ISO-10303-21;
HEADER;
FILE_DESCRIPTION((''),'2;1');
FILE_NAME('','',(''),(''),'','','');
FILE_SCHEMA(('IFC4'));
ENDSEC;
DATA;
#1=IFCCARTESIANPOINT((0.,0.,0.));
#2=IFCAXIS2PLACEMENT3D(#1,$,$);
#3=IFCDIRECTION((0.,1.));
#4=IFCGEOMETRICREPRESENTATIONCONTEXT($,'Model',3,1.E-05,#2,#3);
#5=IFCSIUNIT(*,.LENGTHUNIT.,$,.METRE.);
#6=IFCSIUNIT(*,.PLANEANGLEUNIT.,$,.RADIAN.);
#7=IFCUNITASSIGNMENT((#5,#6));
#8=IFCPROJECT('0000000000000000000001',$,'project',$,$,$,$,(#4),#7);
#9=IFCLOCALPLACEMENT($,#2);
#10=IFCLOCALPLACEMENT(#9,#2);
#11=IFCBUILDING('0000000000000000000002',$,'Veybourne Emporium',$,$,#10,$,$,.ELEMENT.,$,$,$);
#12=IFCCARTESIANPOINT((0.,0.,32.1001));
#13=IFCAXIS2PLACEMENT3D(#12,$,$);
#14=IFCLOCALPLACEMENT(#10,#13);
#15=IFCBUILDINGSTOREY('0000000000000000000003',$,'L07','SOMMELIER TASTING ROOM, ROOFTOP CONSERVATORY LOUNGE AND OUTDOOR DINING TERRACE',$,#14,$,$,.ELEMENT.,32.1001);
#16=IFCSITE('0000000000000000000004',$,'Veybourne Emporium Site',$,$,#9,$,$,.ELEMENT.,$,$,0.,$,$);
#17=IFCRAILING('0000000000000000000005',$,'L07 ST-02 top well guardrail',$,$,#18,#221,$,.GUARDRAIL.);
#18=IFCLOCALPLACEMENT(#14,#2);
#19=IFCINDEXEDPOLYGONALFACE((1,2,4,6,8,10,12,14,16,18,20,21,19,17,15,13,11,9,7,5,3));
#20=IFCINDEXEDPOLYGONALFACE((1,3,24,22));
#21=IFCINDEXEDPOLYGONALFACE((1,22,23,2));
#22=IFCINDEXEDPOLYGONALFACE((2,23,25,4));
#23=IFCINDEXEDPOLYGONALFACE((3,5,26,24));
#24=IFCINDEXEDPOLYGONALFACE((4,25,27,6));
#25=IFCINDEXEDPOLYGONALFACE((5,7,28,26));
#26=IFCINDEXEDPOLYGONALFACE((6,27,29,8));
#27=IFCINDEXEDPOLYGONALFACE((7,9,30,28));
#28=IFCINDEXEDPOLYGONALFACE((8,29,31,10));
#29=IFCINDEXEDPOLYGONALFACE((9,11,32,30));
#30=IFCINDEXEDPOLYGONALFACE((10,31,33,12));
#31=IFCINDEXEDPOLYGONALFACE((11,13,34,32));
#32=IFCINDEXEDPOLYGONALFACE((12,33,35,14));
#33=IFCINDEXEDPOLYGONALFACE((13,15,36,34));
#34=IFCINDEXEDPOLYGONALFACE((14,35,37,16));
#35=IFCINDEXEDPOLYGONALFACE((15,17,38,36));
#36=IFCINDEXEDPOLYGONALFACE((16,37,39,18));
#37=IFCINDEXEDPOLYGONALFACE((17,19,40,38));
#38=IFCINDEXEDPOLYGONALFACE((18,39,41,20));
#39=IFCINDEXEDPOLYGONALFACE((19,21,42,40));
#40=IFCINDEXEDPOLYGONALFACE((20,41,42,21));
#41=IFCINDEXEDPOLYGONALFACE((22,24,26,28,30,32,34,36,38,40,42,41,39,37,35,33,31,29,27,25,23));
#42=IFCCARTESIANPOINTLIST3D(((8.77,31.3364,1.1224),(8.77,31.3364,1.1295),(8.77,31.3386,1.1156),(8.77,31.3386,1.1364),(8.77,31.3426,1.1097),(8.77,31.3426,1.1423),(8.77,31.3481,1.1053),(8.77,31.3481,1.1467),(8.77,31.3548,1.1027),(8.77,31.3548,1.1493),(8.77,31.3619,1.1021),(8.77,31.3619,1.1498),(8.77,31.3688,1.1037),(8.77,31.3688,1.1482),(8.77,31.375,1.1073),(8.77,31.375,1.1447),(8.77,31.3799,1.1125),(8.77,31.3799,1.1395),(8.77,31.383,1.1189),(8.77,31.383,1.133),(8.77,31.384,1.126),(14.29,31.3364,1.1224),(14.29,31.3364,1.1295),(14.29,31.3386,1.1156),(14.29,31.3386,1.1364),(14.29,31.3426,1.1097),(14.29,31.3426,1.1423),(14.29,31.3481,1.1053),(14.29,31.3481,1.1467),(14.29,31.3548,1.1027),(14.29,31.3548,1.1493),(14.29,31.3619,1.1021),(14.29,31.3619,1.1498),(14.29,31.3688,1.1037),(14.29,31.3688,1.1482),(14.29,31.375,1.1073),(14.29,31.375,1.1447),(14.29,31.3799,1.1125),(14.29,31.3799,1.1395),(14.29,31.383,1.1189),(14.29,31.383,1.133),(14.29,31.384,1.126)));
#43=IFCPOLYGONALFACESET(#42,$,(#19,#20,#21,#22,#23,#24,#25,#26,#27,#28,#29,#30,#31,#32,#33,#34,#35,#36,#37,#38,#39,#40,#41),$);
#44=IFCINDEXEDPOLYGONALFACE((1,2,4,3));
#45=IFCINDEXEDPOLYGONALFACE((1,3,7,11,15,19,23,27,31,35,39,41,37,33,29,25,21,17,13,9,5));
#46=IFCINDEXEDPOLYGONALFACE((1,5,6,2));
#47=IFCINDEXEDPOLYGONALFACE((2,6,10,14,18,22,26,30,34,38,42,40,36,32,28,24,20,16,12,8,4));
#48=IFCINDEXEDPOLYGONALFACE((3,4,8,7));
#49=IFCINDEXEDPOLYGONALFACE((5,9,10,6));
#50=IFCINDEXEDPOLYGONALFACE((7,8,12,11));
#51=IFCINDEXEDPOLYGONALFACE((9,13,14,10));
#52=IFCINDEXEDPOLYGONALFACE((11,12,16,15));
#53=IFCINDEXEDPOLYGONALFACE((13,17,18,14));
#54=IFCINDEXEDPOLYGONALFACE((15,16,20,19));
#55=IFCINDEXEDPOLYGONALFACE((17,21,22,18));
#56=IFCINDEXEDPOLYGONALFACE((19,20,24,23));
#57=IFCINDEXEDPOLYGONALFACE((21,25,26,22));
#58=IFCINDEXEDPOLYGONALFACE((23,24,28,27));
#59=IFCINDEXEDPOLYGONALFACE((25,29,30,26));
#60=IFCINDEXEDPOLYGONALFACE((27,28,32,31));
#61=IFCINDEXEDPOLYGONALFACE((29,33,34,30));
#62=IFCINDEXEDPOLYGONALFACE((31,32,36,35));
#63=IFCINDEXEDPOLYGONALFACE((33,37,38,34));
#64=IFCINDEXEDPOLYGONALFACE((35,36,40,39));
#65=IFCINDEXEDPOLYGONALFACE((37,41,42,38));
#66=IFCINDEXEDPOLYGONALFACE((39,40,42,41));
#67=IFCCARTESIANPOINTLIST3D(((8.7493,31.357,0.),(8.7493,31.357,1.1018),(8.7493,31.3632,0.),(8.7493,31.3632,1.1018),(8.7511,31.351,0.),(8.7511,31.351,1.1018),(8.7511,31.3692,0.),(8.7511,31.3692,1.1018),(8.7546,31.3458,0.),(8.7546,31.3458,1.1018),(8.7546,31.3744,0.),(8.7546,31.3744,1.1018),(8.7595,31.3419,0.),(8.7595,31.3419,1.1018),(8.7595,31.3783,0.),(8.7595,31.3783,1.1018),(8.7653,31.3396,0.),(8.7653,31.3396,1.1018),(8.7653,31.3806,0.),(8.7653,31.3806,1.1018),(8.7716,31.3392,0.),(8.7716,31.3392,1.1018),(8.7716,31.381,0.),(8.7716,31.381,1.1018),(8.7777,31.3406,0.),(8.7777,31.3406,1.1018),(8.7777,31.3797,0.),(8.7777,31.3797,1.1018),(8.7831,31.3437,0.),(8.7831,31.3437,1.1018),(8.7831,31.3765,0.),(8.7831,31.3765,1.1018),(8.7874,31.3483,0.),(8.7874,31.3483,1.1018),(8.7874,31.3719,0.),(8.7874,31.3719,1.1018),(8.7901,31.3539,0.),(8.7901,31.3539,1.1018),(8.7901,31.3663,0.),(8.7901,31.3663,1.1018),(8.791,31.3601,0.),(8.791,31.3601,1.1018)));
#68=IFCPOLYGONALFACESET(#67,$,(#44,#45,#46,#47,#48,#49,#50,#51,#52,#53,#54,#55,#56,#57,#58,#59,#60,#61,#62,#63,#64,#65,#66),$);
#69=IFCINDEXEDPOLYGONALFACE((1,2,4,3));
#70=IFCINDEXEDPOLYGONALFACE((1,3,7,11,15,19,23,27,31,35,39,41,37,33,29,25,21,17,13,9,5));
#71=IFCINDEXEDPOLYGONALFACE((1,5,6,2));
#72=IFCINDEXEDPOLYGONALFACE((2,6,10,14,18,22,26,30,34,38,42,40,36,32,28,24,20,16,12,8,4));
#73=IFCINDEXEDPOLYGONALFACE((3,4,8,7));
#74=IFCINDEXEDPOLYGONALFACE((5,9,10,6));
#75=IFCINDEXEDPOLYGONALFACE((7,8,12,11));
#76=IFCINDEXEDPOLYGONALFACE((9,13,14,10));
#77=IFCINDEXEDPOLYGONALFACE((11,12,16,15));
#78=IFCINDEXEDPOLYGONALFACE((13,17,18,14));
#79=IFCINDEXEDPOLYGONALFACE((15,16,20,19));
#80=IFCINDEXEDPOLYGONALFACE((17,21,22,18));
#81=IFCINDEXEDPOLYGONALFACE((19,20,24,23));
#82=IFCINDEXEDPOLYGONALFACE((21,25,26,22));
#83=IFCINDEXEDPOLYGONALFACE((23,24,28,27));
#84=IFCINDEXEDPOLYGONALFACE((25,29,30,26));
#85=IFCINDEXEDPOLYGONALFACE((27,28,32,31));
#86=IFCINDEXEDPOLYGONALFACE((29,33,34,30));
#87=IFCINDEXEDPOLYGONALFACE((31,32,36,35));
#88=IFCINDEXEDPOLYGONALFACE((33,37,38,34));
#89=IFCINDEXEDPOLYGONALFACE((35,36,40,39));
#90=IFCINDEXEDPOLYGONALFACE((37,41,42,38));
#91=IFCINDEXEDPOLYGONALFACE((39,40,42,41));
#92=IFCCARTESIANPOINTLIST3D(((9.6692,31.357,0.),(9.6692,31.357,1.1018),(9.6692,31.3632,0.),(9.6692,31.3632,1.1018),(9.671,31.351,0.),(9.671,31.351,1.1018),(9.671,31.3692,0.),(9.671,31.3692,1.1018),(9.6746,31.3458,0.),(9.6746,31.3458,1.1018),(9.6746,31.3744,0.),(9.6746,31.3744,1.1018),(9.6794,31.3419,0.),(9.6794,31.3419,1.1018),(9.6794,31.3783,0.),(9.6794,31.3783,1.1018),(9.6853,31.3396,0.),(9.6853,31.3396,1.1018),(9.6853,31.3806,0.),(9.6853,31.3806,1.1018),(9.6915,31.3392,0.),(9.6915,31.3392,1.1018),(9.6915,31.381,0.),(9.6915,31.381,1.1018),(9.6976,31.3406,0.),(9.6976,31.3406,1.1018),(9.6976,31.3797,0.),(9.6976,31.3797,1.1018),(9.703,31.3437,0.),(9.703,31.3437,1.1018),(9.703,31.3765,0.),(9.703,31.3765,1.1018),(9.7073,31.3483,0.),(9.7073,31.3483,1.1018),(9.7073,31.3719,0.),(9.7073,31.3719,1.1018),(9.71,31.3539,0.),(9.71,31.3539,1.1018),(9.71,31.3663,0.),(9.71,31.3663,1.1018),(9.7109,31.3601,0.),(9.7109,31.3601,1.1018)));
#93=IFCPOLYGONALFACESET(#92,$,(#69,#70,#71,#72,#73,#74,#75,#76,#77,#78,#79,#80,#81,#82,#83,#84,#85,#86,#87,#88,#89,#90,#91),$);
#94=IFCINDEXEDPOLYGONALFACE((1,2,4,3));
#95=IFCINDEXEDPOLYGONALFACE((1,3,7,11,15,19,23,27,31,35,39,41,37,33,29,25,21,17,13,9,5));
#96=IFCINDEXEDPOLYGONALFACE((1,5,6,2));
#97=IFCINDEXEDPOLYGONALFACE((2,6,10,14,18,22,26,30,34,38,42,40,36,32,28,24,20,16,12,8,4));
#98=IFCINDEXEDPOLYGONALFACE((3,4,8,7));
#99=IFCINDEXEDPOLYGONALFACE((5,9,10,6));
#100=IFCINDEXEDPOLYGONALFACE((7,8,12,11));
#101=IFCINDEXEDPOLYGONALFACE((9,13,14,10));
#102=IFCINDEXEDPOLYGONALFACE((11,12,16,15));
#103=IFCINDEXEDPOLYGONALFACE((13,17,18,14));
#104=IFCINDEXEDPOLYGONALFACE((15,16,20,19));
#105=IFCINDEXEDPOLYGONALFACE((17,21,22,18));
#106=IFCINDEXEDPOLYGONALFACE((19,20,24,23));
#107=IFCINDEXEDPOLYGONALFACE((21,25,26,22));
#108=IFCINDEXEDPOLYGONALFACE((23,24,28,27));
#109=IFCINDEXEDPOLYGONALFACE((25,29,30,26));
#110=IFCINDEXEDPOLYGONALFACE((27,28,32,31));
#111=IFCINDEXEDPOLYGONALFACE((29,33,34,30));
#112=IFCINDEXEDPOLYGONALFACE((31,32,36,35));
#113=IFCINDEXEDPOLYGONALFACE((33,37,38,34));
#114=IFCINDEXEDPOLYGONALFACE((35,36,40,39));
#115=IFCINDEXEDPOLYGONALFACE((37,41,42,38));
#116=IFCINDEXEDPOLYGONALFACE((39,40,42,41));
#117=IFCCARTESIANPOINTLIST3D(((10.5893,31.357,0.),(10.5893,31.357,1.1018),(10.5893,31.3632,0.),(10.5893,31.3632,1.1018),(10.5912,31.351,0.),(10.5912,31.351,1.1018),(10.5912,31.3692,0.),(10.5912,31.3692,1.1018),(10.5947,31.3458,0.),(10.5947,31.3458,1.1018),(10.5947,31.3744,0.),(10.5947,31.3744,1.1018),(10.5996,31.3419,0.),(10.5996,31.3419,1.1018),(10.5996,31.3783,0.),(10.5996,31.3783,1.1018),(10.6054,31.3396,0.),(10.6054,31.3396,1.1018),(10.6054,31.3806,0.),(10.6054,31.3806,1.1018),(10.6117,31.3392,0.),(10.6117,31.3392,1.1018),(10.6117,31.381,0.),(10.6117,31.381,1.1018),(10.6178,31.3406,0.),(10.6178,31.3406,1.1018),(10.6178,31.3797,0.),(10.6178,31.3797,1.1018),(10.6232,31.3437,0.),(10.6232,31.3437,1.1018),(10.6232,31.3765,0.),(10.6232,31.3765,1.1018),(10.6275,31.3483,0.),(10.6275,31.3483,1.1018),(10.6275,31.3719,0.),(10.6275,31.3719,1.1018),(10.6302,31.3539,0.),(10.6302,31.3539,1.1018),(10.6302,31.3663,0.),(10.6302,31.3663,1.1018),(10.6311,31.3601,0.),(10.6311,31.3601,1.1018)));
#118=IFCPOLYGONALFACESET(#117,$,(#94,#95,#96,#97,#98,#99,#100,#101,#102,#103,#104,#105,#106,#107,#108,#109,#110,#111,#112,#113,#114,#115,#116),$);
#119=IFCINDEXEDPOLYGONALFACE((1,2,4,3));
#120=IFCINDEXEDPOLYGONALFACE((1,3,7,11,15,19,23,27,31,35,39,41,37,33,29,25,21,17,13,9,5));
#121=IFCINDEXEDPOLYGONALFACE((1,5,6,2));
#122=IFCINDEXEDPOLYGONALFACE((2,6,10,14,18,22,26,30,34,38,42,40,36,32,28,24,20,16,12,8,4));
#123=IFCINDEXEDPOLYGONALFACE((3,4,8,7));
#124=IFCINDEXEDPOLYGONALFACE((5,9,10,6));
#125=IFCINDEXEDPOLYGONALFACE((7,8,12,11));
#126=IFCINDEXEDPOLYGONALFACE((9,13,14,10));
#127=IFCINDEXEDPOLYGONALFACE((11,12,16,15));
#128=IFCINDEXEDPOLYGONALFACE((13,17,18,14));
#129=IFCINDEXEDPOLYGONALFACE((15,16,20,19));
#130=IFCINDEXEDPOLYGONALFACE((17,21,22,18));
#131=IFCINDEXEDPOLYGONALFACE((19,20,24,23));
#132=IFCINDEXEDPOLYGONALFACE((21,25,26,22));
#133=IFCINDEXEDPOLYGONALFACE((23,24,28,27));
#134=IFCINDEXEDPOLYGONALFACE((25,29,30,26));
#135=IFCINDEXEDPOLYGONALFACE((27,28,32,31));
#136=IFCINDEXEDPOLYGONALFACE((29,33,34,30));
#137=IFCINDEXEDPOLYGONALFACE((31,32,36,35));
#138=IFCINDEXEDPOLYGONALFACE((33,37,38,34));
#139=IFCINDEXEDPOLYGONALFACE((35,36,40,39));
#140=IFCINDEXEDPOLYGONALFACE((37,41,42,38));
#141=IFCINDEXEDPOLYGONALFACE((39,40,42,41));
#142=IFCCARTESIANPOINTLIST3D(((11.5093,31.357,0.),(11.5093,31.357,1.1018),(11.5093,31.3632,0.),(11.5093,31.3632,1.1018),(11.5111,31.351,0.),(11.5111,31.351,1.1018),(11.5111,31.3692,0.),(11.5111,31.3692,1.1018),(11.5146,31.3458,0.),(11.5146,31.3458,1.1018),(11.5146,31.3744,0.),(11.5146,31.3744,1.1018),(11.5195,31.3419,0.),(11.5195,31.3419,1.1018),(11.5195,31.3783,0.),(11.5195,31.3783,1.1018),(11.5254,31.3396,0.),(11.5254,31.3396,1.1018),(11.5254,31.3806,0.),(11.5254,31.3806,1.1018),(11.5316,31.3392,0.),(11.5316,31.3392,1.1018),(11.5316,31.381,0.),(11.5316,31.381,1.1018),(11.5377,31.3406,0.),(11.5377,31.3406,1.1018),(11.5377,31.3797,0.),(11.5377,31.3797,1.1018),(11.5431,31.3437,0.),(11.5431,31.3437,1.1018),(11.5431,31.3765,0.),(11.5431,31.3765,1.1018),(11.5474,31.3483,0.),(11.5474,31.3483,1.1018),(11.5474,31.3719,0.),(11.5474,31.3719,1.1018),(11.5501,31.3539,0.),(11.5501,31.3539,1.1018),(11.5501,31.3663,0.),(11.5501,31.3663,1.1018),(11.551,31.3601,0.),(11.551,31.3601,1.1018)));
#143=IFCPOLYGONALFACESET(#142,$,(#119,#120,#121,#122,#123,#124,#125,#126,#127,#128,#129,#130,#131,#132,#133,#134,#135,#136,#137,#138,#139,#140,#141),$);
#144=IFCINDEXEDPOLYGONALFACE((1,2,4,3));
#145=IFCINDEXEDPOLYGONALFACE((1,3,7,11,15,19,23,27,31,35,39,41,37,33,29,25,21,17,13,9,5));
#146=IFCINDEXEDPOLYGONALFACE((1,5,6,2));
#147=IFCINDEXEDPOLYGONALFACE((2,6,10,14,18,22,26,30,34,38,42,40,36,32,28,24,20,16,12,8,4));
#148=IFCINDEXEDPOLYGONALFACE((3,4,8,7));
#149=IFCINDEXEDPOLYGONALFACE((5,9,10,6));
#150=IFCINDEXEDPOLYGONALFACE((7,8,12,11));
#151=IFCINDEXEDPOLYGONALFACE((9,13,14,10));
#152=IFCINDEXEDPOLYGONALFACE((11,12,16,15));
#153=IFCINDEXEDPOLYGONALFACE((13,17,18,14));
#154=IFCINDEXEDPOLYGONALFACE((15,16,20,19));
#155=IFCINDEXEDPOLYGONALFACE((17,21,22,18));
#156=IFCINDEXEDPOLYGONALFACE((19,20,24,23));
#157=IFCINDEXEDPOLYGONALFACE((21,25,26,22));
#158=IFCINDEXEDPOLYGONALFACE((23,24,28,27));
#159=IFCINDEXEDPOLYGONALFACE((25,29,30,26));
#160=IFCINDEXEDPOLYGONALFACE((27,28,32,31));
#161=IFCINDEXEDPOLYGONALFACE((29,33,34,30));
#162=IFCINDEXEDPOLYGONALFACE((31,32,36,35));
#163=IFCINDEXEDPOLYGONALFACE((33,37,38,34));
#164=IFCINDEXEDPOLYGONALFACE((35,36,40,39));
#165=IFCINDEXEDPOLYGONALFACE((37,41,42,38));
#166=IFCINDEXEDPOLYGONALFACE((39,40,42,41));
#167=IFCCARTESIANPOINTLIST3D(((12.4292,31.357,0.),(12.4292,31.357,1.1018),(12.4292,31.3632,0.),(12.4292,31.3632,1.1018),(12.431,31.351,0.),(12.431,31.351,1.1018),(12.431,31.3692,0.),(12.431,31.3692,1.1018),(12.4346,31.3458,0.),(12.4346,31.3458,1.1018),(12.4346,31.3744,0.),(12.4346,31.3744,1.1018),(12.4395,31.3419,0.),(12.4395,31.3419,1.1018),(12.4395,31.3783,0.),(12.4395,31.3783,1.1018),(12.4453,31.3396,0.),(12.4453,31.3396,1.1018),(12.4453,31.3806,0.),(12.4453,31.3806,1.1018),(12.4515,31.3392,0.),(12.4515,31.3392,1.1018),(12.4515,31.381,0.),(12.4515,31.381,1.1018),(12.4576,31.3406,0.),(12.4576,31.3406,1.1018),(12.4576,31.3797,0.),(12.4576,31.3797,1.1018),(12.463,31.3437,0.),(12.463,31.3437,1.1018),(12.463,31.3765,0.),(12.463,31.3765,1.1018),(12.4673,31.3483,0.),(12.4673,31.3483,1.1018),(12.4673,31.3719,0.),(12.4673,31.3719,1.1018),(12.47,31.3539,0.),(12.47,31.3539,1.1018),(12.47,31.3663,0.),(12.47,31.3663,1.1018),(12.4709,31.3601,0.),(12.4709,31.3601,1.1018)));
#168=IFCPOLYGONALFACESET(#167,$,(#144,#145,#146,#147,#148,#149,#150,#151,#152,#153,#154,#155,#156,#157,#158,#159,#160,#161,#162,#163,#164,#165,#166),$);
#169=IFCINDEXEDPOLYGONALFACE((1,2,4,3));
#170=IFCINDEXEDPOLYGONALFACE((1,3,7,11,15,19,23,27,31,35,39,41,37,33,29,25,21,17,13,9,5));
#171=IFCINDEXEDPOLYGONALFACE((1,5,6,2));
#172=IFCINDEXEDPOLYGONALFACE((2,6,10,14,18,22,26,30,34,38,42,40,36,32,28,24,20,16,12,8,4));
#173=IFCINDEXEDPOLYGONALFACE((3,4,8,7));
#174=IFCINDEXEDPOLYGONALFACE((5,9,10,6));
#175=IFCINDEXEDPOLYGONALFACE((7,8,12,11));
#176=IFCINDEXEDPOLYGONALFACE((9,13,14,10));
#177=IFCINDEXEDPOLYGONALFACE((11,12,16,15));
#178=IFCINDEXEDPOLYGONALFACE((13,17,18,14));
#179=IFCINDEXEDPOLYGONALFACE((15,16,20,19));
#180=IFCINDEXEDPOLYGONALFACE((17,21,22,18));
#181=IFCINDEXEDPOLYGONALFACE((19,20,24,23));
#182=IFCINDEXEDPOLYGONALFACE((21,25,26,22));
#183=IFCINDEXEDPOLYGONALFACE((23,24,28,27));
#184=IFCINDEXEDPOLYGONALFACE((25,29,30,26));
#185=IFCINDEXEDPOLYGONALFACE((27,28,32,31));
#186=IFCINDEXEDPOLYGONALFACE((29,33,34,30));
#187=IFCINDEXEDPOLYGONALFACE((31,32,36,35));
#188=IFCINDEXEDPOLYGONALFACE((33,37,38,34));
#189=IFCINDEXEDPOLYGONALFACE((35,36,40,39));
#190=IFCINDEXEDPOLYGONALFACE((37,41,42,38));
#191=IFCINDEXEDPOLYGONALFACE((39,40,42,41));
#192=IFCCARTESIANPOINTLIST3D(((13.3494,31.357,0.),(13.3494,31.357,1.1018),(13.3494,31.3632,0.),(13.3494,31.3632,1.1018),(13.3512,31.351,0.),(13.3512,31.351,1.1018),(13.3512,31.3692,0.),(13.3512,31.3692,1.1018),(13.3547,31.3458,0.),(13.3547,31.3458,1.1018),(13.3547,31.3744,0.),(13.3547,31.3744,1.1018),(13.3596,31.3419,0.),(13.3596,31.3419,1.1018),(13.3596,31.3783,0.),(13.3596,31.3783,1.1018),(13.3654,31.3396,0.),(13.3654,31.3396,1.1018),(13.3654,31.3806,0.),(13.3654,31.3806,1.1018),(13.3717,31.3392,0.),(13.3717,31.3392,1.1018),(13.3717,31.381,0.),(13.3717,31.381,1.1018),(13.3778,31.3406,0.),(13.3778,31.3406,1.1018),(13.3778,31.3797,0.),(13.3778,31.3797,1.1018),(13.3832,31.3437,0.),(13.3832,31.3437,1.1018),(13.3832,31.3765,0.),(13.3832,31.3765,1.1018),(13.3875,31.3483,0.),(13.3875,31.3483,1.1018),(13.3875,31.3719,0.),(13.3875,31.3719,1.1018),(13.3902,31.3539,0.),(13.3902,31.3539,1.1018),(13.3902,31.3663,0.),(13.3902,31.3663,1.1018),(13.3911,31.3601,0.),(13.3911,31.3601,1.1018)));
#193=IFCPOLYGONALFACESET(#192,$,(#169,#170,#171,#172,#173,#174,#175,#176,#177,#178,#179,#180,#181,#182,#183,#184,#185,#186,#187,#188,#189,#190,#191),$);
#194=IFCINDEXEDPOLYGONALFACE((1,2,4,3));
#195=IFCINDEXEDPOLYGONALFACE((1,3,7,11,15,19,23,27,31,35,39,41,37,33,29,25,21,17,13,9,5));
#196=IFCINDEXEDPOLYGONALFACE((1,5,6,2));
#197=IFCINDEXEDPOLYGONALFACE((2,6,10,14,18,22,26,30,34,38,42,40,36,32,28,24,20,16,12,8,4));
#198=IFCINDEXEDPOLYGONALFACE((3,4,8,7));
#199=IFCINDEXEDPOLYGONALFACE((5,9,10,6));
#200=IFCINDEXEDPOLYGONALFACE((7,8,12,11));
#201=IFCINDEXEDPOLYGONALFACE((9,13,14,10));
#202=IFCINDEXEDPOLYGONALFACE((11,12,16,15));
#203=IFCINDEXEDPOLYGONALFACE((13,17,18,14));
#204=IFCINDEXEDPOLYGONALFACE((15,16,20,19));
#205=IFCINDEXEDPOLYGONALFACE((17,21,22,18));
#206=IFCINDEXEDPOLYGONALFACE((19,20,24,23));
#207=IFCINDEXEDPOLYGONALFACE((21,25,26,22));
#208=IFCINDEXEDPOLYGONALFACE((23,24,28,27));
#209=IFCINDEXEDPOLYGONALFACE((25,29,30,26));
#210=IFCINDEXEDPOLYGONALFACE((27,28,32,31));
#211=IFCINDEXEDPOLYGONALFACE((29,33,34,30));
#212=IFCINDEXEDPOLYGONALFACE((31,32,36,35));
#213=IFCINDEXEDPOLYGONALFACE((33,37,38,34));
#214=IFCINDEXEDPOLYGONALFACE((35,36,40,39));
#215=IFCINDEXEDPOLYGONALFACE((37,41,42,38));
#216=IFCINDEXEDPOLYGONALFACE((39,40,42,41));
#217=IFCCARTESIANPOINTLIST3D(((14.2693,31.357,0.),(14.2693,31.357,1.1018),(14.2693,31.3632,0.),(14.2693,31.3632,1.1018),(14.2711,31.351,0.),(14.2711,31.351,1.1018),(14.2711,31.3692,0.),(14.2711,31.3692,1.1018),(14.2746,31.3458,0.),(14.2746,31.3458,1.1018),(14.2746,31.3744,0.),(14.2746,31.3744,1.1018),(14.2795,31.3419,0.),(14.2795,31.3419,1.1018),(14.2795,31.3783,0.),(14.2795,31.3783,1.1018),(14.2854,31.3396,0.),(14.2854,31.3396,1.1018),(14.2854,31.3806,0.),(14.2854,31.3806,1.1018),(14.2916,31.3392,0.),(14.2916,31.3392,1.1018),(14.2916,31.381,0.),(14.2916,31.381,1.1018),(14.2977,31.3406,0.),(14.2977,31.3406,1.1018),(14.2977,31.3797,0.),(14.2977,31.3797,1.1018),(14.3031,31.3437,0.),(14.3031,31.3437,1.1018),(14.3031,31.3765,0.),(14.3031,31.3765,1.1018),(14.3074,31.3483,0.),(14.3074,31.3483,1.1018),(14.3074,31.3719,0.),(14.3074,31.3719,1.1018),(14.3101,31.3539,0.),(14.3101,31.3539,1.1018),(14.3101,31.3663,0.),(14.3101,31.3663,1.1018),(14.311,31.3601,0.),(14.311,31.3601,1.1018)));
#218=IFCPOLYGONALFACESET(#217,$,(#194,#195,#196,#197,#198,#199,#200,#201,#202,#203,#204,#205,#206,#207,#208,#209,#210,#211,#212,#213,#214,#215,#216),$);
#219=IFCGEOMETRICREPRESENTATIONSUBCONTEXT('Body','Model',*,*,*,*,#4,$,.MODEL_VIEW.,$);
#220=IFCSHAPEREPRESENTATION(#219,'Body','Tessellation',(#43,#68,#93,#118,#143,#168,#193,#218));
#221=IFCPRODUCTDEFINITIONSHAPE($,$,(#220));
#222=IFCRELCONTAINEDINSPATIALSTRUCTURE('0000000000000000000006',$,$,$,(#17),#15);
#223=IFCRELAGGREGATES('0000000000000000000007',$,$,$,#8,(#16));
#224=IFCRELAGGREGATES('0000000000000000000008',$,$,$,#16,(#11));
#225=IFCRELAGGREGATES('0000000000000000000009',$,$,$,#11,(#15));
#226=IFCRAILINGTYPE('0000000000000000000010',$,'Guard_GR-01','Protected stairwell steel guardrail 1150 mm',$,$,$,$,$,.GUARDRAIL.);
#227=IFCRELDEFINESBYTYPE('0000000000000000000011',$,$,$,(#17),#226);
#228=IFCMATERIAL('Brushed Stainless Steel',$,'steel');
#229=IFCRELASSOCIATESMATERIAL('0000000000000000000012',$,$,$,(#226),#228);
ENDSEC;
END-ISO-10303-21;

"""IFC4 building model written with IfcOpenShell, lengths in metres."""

from ifc_helpers import new_model, si_unit, direction, frame, origin, origin_2d, place, context, subcontext, project, spatial, circle, extrude, material, type_object, element, save


model = new_model("IFC4")

# Units and contexts
model_context = context("Model", 3, precision=1e-05, world=origin(), true_north=direction((0.0, 1.0)))
body_context = subcontext(model_context, "Body", "Model", "MODEL_VIEW")
ifc_project = project(units=[si_unit("LENGTHUNIT", "METRE"), si_unit("PLANEANGLEUNIT", "RADIAN")], contexts=[model_context])

# Site, building, storey
site_placement = place(None, origin())
site = spatial("IfcSite", under=ifc_project, at=site_placement, Name="Veybourne Emporium Site", CompositionType="ELEMENT", RefElevation=0.0)
building_placement = place(site_placement, origin())
building = spatial("IfcBuilding", under=site, at=building_placement, Name="Veybourne Emporium", CompositionType="ELEMENT")
storey_placement = place(building_placement, frame((0.0, 0.0, 32.1001)))
storey = spatial("IfcBuildingStorey", under=building, at=storey_placement, Name="L07", Description="SOMMELIER TASTING ROOM, ROOFTOP CONSERVATORY LOUNGE AND OUTDOOR DINING TERRACE", CompositionType="ELEMENT", Elevation=32.1001)

# Railing
ifc_material_1 = material(Name="Brushed Stainless Steel", Category="steel")
railing_type_1 = type_object("IfcRailingType", Name="Guard_GR-01", Description="Protected stairwell steel guardrail 1150 mm", PredefinedType="GUARDRAIL", material=ifc_material_1)
railing_1_placement = place(storey_placement, frame((8.77, 31.3601, 0.0)))
element("IfcRailing", 1, at=railing_1_placement, inside=storey, type_object=railing_type_1, Name="L07 ST-02 top well guardrail", PredefinedType="GUARDRAIL", context=body_context, shape_type="SweptSolid", body=[
    extrude(circle(Radius=0.0239, at=origin_2d()), frame((0.0, 0.0, 1.126), z_axis=(1.0, 0.0, 0.0), x_axis=(0.0, 1.0, 0.0)), (0.0, 0.0, 1.0), 5.52),
    extrude(circle(Radius=0.021, at=origin_2d()), origin(), (0.0, 0.0, 1.0), 1.1018),
    extrude(circle(Radius=0.021, at=origin_2d()), frame((0.9199, 0.0, 0.0)), (0.0, 0.0, 1.0), 1.1018),
    extrude(circle(Radius=0.021, at=origin_2d()), frame((1.8401, 0.0, 0.0)), (0.0, 0.0, 1.0), 1.1018),
    extrude(circle(Radius=0.021, at=origin_2d()), frame((2.76, 0.0, 0.0)), (0.0, 0.0, 1.0), 1.1018),
    extrude(circle(Radius=0.021, at=origin_2d()), frame((3.6799, 0.0, 0.0)), (0.0, 0.0, 1.0), 1.1018),
    extrude(circle(Radius=0.021, at=origin_2d()), frame((4.6001, 0.0, 0.0)), (0.0, 0.0, 1.0), 1.1018),
    extrude(circle(Radius=0.021, at=origin_2d()), frame((5.52, 0.0, 0.0)), (0.0, 0.0, 1.0), 1.1018),
])

save(model, "model.ifc")
